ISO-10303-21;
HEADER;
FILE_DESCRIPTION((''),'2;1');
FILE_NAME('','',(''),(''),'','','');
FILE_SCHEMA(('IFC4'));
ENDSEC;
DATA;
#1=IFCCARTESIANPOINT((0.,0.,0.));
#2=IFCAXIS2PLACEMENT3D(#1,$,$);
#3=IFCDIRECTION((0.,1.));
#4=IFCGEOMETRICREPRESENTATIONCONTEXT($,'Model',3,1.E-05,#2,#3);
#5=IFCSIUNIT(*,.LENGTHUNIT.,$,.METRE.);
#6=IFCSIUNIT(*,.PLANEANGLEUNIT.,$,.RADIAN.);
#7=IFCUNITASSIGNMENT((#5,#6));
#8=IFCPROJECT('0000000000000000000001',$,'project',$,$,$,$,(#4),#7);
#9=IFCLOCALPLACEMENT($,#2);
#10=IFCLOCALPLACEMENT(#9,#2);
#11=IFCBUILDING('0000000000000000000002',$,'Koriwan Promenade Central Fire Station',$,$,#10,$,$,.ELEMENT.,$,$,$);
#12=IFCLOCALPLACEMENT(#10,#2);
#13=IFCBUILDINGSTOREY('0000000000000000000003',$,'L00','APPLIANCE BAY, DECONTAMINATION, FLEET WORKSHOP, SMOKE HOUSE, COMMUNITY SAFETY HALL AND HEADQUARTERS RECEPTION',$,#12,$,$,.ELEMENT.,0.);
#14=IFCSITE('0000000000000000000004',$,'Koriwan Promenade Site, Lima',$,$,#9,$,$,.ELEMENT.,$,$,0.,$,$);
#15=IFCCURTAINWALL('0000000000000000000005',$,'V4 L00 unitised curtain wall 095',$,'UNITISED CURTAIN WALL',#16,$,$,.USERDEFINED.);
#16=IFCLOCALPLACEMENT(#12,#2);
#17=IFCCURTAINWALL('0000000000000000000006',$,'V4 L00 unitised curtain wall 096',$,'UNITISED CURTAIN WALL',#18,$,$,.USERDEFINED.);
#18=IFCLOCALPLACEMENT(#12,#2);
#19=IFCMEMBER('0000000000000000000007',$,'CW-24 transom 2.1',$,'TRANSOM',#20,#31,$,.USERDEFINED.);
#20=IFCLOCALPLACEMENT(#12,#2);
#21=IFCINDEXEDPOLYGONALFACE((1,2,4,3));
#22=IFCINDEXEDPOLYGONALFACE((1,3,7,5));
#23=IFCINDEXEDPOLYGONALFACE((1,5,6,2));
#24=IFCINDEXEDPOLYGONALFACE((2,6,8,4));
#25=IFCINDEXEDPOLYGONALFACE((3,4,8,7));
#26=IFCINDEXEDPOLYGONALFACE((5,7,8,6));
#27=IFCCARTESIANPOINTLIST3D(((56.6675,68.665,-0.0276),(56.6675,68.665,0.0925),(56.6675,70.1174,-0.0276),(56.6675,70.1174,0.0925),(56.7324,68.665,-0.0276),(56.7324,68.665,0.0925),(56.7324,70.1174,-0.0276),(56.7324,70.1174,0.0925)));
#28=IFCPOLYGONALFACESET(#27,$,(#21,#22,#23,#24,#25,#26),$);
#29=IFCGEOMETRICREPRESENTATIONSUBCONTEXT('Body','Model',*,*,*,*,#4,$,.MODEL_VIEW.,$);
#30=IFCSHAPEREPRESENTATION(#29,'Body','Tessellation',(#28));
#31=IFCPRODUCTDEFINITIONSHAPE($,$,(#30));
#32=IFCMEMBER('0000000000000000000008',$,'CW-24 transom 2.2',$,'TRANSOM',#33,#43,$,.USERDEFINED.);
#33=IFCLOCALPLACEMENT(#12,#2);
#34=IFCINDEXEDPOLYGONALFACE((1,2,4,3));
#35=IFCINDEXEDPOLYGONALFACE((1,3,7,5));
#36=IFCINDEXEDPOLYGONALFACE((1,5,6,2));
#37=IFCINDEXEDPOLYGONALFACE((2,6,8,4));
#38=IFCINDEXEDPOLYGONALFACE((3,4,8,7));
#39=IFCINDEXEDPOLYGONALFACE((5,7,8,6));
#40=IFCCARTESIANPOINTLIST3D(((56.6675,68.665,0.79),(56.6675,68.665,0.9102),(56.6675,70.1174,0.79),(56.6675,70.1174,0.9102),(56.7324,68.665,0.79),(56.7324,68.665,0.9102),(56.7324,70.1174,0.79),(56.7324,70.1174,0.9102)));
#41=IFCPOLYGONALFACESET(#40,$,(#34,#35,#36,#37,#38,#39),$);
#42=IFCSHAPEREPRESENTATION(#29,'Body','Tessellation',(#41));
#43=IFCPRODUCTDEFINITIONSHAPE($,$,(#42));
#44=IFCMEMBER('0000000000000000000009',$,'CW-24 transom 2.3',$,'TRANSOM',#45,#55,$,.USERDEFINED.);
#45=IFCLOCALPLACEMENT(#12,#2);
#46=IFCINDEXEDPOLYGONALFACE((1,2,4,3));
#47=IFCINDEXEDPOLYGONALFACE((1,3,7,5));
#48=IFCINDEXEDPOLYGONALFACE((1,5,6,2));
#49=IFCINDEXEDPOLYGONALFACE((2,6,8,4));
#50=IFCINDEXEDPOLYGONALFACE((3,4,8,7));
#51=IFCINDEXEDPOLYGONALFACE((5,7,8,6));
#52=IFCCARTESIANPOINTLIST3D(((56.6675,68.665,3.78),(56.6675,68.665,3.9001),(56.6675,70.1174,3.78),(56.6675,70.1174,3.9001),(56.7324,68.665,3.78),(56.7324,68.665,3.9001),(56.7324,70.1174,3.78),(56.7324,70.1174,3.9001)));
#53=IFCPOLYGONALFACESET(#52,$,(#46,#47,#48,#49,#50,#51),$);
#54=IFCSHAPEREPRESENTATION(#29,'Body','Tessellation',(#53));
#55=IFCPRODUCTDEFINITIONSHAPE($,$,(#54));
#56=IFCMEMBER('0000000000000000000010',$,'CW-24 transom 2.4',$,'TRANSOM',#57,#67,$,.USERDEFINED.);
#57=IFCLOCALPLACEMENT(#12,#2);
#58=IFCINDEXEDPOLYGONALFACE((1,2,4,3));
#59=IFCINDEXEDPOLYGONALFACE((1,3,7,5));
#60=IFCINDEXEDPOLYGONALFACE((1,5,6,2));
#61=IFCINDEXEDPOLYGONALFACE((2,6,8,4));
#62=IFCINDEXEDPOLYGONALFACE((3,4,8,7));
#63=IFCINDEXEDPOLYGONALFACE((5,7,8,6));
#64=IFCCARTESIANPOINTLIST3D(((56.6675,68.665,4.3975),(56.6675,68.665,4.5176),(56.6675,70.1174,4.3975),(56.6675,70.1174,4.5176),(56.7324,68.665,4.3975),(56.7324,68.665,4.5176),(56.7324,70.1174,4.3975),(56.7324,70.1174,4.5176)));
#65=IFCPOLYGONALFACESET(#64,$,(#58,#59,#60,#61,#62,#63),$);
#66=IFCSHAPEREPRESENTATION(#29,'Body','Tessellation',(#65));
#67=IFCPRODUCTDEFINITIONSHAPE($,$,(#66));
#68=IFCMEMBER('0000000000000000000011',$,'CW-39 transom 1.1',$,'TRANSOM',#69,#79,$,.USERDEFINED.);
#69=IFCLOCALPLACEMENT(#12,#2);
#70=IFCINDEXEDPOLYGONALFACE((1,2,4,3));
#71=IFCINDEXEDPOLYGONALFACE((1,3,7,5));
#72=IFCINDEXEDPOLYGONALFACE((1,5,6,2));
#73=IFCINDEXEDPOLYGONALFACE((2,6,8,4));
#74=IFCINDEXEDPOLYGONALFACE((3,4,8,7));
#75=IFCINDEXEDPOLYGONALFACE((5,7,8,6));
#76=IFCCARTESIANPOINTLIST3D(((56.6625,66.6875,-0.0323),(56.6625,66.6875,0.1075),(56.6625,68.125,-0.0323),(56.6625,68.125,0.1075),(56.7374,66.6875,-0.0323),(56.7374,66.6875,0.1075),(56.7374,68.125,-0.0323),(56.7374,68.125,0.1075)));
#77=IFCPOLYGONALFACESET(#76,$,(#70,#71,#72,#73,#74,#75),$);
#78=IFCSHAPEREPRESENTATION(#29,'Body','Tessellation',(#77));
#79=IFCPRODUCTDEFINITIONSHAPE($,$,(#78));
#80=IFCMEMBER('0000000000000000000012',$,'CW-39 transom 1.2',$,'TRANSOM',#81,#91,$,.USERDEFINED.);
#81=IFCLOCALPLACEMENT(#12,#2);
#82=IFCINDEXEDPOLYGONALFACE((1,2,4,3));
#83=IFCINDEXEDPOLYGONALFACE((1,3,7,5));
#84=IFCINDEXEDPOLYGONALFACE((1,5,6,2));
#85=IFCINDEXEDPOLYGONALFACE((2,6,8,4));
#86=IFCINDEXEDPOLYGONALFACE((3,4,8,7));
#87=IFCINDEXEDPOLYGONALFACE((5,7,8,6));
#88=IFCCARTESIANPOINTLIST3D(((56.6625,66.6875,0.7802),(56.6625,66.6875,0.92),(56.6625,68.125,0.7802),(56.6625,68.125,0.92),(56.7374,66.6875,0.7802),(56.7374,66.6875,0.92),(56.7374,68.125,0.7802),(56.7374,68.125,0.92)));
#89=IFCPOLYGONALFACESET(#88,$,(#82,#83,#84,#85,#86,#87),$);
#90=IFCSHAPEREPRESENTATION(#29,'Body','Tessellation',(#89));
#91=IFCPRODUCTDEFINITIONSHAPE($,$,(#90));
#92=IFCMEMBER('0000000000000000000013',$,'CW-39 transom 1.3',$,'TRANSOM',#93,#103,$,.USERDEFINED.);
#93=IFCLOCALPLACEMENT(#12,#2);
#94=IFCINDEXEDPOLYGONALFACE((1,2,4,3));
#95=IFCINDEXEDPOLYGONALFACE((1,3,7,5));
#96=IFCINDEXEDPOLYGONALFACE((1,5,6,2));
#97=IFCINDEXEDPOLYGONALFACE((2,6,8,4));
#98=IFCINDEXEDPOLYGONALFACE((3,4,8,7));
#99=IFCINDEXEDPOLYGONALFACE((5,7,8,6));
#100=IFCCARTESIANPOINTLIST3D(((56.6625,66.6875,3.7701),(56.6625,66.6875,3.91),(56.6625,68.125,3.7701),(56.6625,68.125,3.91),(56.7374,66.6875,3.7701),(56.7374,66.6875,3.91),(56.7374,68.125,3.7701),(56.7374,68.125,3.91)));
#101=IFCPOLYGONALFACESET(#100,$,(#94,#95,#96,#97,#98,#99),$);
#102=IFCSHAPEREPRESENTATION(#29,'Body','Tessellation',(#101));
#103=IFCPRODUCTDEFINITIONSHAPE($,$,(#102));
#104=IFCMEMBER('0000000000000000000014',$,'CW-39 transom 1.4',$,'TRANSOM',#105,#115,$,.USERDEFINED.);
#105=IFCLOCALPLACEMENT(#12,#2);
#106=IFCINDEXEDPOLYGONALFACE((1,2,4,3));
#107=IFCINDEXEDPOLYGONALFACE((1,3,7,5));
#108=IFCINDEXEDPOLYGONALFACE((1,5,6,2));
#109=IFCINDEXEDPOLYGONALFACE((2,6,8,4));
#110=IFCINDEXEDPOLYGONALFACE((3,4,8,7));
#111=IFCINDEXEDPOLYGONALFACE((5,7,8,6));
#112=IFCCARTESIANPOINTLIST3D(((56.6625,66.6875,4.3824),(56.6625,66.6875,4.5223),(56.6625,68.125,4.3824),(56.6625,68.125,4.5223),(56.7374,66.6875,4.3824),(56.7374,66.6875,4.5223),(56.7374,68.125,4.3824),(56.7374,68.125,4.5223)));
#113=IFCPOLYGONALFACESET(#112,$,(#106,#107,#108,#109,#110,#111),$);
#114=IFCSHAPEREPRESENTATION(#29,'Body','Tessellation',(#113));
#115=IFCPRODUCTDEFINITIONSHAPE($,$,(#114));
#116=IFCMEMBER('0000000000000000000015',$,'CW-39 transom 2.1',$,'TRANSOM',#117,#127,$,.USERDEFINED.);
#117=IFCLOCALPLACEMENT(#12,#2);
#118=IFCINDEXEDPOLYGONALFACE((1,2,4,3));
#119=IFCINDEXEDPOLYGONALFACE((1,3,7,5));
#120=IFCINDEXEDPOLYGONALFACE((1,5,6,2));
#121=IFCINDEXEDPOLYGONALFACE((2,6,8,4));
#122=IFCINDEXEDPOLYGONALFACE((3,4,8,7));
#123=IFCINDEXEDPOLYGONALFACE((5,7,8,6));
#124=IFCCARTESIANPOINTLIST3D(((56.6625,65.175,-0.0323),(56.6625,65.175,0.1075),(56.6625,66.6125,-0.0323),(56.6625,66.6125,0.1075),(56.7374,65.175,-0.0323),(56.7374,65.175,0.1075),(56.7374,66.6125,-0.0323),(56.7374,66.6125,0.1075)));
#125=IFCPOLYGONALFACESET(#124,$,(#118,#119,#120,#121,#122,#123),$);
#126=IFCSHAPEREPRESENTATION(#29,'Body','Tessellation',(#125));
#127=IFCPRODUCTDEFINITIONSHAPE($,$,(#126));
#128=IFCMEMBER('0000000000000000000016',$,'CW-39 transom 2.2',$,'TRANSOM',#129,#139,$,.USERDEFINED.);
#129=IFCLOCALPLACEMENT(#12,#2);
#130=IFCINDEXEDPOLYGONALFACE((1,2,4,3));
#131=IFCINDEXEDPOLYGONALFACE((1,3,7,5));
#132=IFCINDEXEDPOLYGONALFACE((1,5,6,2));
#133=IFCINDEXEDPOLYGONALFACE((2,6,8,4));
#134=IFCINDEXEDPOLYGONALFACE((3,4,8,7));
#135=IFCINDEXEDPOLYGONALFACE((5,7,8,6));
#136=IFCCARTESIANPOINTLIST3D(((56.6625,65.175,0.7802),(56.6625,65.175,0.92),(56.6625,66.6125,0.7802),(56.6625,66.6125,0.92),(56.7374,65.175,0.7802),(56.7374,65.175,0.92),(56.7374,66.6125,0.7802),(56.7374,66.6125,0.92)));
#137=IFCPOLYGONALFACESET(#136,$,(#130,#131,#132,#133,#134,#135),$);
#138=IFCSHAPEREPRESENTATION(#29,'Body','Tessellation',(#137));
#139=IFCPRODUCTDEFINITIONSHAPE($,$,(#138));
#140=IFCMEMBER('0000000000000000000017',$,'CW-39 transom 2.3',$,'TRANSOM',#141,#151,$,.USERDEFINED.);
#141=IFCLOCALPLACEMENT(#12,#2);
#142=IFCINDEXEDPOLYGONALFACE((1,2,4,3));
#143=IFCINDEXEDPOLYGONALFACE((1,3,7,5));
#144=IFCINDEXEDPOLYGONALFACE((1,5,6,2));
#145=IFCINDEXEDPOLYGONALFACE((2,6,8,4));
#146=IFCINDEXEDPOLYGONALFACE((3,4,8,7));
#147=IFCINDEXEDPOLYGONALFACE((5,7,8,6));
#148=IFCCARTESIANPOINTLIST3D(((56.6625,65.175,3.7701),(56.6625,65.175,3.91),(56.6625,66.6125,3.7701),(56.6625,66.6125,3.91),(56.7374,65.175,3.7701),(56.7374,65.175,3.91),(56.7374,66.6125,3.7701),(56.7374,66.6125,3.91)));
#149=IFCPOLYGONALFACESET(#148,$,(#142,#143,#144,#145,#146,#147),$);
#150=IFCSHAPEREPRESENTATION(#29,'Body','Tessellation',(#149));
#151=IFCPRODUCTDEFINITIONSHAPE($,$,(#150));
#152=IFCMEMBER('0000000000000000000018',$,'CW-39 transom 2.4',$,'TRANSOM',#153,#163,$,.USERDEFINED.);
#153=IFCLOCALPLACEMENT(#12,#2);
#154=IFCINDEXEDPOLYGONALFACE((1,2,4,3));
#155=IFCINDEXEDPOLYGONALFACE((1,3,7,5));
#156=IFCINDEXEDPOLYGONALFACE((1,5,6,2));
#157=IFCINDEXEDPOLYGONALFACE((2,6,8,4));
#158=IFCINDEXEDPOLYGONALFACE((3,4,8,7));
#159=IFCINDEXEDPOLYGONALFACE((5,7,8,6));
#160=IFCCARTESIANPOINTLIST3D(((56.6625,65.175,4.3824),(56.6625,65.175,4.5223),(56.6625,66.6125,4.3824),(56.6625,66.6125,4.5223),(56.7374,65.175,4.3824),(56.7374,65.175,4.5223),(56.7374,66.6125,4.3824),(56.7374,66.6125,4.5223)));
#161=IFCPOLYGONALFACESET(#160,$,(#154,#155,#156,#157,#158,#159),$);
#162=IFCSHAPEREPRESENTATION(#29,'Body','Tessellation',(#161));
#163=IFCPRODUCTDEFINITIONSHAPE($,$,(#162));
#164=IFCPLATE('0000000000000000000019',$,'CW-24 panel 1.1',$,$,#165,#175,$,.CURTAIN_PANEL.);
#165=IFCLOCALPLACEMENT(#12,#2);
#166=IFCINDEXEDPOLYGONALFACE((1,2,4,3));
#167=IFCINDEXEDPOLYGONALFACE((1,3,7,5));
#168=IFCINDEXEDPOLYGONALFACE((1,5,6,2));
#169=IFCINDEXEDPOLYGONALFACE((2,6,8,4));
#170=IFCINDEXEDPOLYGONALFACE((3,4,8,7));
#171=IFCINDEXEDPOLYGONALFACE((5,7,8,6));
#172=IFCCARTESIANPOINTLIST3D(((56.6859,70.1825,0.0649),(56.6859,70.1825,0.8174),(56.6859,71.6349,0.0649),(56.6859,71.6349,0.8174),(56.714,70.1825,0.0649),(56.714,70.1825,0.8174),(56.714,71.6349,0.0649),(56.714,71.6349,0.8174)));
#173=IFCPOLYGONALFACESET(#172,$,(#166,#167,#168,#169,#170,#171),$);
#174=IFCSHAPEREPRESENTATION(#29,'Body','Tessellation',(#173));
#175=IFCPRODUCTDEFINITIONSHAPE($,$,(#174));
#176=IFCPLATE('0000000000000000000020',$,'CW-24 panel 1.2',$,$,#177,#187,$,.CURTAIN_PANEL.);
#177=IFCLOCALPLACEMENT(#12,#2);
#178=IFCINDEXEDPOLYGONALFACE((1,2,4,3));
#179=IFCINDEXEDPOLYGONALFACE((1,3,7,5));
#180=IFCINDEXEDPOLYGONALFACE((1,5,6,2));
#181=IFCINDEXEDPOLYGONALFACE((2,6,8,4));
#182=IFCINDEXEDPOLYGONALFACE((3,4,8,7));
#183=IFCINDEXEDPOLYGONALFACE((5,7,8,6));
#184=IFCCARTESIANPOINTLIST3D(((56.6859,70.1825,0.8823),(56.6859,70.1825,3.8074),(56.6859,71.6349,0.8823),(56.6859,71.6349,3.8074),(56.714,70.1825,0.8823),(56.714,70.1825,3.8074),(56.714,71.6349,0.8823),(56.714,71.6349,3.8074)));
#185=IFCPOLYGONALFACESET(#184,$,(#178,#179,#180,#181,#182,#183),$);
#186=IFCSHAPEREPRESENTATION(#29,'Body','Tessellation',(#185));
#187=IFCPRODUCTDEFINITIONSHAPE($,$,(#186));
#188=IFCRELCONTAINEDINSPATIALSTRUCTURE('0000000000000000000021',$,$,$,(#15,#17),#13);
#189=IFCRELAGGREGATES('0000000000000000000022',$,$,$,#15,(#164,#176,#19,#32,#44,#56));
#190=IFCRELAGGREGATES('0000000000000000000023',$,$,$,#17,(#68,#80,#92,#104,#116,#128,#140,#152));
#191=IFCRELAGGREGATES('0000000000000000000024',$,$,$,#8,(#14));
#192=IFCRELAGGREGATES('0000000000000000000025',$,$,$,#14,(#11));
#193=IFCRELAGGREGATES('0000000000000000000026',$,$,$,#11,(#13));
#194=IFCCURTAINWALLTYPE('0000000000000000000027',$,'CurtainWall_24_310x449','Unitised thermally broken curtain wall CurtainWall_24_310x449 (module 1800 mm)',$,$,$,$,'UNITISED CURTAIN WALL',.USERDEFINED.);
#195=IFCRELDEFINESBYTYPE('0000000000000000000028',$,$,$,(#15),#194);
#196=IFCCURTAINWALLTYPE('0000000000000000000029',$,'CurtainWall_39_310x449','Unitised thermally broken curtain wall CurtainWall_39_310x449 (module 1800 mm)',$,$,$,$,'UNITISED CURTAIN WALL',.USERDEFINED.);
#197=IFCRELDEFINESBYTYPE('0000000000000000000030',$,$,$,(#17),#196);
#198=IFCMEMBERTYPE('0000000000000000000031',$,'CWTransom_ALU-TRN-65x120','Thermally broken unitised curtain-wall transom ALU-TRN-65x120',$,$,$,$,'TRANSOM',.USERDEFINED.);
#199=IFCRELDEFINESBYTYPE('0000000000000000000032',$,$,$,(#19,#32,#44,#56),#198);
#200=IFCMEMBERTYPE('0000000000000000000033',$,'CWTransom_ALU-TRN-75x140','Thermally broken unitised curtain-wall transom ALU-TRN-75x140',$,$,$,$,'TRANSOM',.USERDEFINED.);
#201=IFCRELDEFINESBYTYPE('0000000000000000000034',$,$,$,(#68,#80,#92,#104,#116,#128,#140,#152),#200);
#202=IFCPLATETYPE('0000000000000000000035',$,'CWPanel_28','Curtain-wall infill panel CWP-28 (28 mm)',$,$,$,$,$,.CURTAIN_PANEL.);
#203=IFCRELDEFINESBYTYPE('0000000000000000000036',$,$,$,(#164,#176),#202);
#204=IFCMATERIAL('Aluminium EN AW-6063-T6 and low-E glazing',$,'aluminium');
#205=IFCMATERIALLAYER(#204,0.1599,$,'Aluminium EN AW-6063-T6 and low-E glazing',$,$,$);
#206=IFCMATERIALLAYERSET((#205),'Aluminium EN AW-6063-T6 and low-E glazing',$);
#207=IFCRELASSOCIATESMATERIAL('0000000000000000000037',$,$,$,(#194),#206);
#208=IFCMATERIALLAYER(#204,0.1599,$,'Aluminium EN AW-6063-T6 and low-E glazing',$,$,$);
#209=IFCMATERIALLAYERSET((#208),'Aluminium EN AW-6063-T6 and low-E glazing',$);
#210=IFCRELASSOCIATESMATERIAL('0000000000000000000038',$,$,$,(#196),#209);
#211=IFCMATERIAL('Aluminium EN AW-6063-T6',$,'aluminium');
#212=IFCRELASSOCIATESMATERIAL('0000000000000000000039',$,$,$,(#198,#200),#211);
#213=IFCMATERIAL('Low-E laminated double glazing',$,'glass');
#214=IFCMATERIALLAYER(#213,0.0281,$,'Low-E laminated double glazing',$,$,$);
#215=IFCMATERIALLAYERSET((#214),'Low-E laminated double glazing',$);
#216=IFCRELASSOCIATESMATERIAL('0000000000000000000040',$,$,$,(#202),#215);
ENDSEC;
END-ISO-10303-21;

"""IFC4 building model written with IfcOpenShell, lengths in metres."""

from ifc_helpers import new_model, si_unit, direction, frame, origin, origin_2d, place, context, subcontext, project, spatial, rectangle, extrude, material, layer, layer_set, material_profile, profile_set, type_object, element, aggregate, save


model = new_model("IFC4")

# Units and contexts
model_context = context("Model", 3, precision=1e-05, world=origin(), true_north=direction((0.0, 1.0)))
body_context = subcontext(model_context, "Body", "Model", "MODEL_VIEW")
ifc_project = project(units=[si_unit("LENGTHUNIT", "METRE"), si_unit("PLANEANGLEUNIT", "RADIAN")], contexts=[model_context])

# Site, building, storey
site_placement = place(None, origin())
site = spatial("IfcSite", under=ifc_project, at=site_placement, Name="Koriwan Promenade Site, Lima", CompositionType="ELEMENT", RefElevation=0.0)
building_placement = place(site_placement, origin())
building = spatial("IfcBuilding", under=site, at=building_placement, Name="Koriwan Promenade Central Fire Station", CompositionType="ELEMENT")
storey_placement = place(building_placement, origin())
storey = spatial("IfcBuildingStorey", under=building, at=storey_placement, Name="L00", Description="APPLIANCE BAY, DECONTAMINATION, FLEET WORKSHOP, SMOKE HOUSE, COMMUNITY SAFETY HALL AND HEADQUARTERS RECEPTION", CompositionType="ELEMENT", Elevation=0.0)

# Curtain walls
ifc_material_1 = material(Name="Aluminium EN AW-6063-T6 and low-E glazing", Category="aluminium")
ifc_layer_1 = layer(ifc_material_1, 0.1599, Name="Aluminium EN AW-6063-T6 and low-E glazing")
ifc_layer_set_1 = layer_set([ifc_layer_1], Name="Aluminium EN AW-6063-T6 and low-E glazing")
curtain_wall_type_1 = type_object("IfcCurtainWallType", Name="CurtainWall_24_310x449", Description="Unitised thermally broken curtain wall CurtainWall_24_310x449 (module 1800 mm)", ElementType="UNITISED CURTAIN WALL", PredefinedType="USERDEFINED", material=ifc_layer_set_1)
curtain_wall_1_placement = place(storey_placement, origin())
curtain_wall_1 = element("IfcCurtainWall", 1, at=curtain_wall_1_placement, inside=storey, type_object=curtain_wall_type_1, Name="V4 L00 unitised curtain wall 095", ObjectType="UNITISED CURTAIN WALL", PredefinedType="USERDEFINED")
ifc_material_2 = material(Name="Aluminium EN AW-6063-T6", Category="aluminium")
ifc_layer_2 = layer(ifc_material_1, 0.1599, Name="Aluminium EN AW-6063-T6 and low-E glazing")
ifc_layer_set_2 = layer_set([ifc_layer_2], Name="Aluminium EN AW-6063-T6 and low-E glazing")
curtain_wall_type_2 = type_object("IfcCurtainWallType", Name="CurtainWall_39_310x449", Description="Unitised thermally broken curtain wall CurtainWall_39_310x449 (module 1800 mm)", ElementType="UNITISED CURTAIN WALL", PredefinedType="USERDEFINED", material=ifc_layer_set_2)
curtain_wall_2_placement = place(storey_placement, origin())
curtain_wall_2 = element("IfcCurtainWall", 2, at=curtain_wall_2_placement, inside=storey, type_object=curtain_wall_type_2, Name="V4 L00 unitised curtain wall 096", ObjectType="UNITISED CURTAIN WALL", PredefinedType="USERDEFINED")

# Members
ifc_material_profile_1 = material_profile(ifc_material_2, rectangle(XDim=0.0649, YDim=0.1201, at=origin_2d()), Name="ALU-TRN-65x120")
ifc_profile_set_1 = profile_set([ifc_material_profile_1], Name="Aluminium EN AW-6063-T6")
member_type_1 = type_object("IfcMemberType", Name="CWTransom_ALU-TRN-65x120", Description="Thermally broken unitised curtain-wall transom ALU-TRN-65x120", ElementType="TRANSOM", PredefinedType="USERDEFINED", material=ifc_profile_set_1)
member_1_placement = place(storey_placement, frame((56.7, 70.1174, 0.0325), z_axis=(0.0, -1.0, 0.0), x_axis=(1.0, 0.0, 0.0)))
member_1 = element("IfcMember", 3, at=member_1_placement, type_object=member_type_1, Name="CW-24 transom 2.1", ObjectType="TRANSOM", PredefinedType="USERDEFINED", context=body_context, shape_type="SweptSolid", body=[
    extrude(rectangle(XDim=0.0649, YDim=0.1201, at=origin_2d()), origin(), (0.0, 0.0, 1.0), 1.4524),
])
member_2_placement = place(storey_placement, frame((56.7, 70.1174, 0.8501), z_axis=(0.0, -1.0, 0.0), x_axis=(1.0, 0.0, 0.0)))
member_2 = element("IfcMember", 4, at=member_2_placement, type_object=member_type_1, Name="CW-24 transom 2.2", ObjectType="TRANSOM", PredefinedType="USERDEFINED", context=body_context, shape_type="SweptSolid", body=[
    extrude(rectangle(XDim=0.0649, YDim=0.1201, at=origin_2d()), origin(), (0.0, 0.0, 1.0), 1.4524),
])
member_3_placement = place(storey_placement, frame((56.7, 70.1174, 3.8401), z_axis=(0.0, -1.0, 0.0), x_axis=(1.0, 0.0, 0.0)))
member_3 = element("IfcMember", 5, at=member_3_placement, type_object=member_type_1, Name="CW-24 transom 2.3", ObjectType="TRANSOM", PredefinedType="USERDEFINED", context=body_context, shape_type="SweptSolid", body=[
    extrude(rectangle(XDim=0.0649, YDim=0.1201, at=origin_2d()), origin(), (0.0, 0.0, 1.0), 1.4524),
])
member_4_placement = place(storey_placement, frame((56.7, 70.1174, 4.4575), z_axis=(0.0, -1.0, 0.0), x_axis=(1.0, 0.0, 0.0)))
member_4 = element("IfcMember", 6, at=member_4_placement, type_object=member_type_1, Name="CW-24 transom 2.4", ObjectType="TRANSOM", PredefinedType="USERDEFINED", context=body_context, shape_type="SweptSolid", body=[
    extrude(rectangle(XDim=0.0649, YDim=0.1201, at=origin_2d()), origin(), (0.0, 0.0, 1.0), 1.4524),
])
ifc_material_profile_2 = material_profile(ifc_material_2, rectangle(XDim=0.075, YDim=0.1399, at=origin_2d()), Name="ALU-TRN-75x140")
ifc_profile_set_2 = profile_set([ifc_material_profile_2], Name="Aluminium EN AW-6063-T6")
member_type_2 = type_object("IfcMemberType", Name="CWTransom_ALU-TRN-75x140", Description="Thermally broken unitised curtain-wall transom ALU-TRN-75x140", ElementType="TRANSOM", PredefinedType="USERDEFINED", material=ifc_profile_set_2)
member_5_placement = place(storey_placement, frame((56.7, 68.125, 0.0376), z_axis=(0.0, -1.0, 0.0), x_axis=(1.0, 0.0, 0.0)))
member_5 = element("IfcMember", 7, at=member_5_placement, type_object=member_type_2, Name="CW-39 transom 1.1", ObjectType="TRANSOM", PredefinedType="USERDEFINED", context=body_context, shape_type="SweptSolid", body=[
    extrude(rectangle(XDim=0.075, YDim=0.1399, at=origin_2d()), origin(), (0.0, 0.0, 1.0), 1.4375),
])
member_6_placement = place(storey_placement, frame((56.7, 68.125, 0.8501), z_axis=(0.0, -1.0, 0.0), x_axis=(1.0, 0.0, 0.0)))
member_6 = element("IfcMember", 8, at=member_6_placement, type_object=member_type_2, Name="CW-39 transom 1.2", ObjectType="TRANSOM", PredefinedType="USERDEFINED", context=body_context, shape_type="SweptSolid", body=[
    extrude(rectangle(XDim=0.075, YDim=0.1399, at=origin_2d()), origin(), (0.0, 0.0, 1.0), 1.4375),
])
member_7_placement = place(storey_placement, frame((56.7, 68.125, 3.8401), z_axis=(0.0, -1.0, 0.0), x_axis=(1.0, 0.0, 0.0)))
member_7 = element("IfcMember", 9, at=member_7_placement, type_object=member_type_2, Name="CW-39 transom 1.3", ObjectType="TRANSOM", PredefinedType="USERDEFINED", context=body_context, shape_type="SweptSolid", body=[
    extrude(rectangle(XDim=0.075, YDim=0.1399, at=origin_2d()), origin(), (0.0, 0.0, 1.0), 1.4375),
])
member_8_placement = place(storey_placement, frame((56.7, 68.125, 4.4524), z_axis=(0.0, -1.0, 0.0), x_axis=(1.0, 0.0, 0.0)))
member_8 = element("IfcMember", 10, at=member_8_placement, type_object=member_type_2, Name="CW-39 transom 1.4", ObjectType="TRANSOM", PredefinedType="USERDEFINED", context=body_context, shape_type="SweptSolid", body=[
    extrude(rectangle(XDim=0.075, YDim=0.1399, at=origin_2d()), origin(), (0.0, 0.0, 1.0), 1.4375),
])
member_9_placement = place(storey_placement, frame((56.7, 66.6125, 0.0376), z_axis=(0.0, -1.0, 0.0), x_axis=(1.0, 0.0, 0.0)))
member_9 = element("IfcMember", 11, at=member_9_placement, type_object=member_type_2, Name="CW-39 transom 2.1", ObjectType="TRANSOM", PredefinedType="USERDEFINED", context=body_context, shape_type="SweptSolid", body=[
    extrude(rectangle(XDim=0.075, YDim=0.1399, at=origin_2d()), origin(), (0.0, 0.0, 1.0), 1.4375),
])
member_10_placement = place(storey_placement, frame((56.7, 66.6125, 0.8501), z_axis=(0.0, -1.0, 0.0), x_axis=(1.0, 0.0, 0.0)))
member_10 = element("IfcMember", 12, at=member_10_placement, type_object=member_type_2, Name="CW-39 transom 2.2", ObjectType="TRANSOM", PredefinedType="USERDEFINED", context=body_context, shape_type="SweptSolid", body=[
    extrude(rectangle(XDim=0.075, YDim=0.1399, at=origin_2d()), origin(), (0.0, 0.0, 1.0), 1.4375),
])
member_11_placement = place(storey_placement, frame((56.7, 66.6125, 3.8401), z_axis=(0.0, -1.0, 0.0), x_axis=(1.0, 0.0, 0.0)))
member_11 = element("IfcMember", 13, at=member_11_placement, type_object=member_type_2, Name="CW-39 transom 2.3", ObjectType="TRANSOM", PredefinedType="USERDEFINED", context=body_context, shape_type="SweptSolid", body=[
    extrude(rectangle(XDim=0.075, YDim=0.1399, at=origin_2d()), origin(), (0.0, 0.0, 1.0), 1.4375),
])
member_12_placement = place(storey_placement, frame((56.7, 66.6125, 4.4524), z_axis=(0.0, -1.0, 0.0), x_axis=(1.0, 0.0, 0.0)))
member_12 = element("IfcMember", 14, at=member_12_placement, type_object=member_type_2, Name="CW-39 transom 2.4", ObjectType="TRANSOM", PredefinedType="USERDEFINED", context=body_context, shape_type="SweptSolid", body=[
    extrude(rectangle(XDim=0.075, YDim=0.1399, at=origin_2d()), origin(), (0.0, 0.0, 1.0), 1.4375),
])

# Plates
ifc_material_3 = material(Name="Low-E laminated double glazing", Category="glass")
ifc_layer_3 = layer(ifc_material_3, 0.0281, Name="Low-E laminated double glazing")
ifc_layer_set_3 = layer_set([ifc_layer_3], Name="Low-E laminated double glazing")
plate_type_1 = type_object("IfcPlateType", Name="CWPanel_28", Description="Curtain-wall infill panel CWP-28 (28 mm)", PredefinedType="CURTAIN_PANEL", material=ifc_layer_set_3)
plate_1_placement = place(storey_placement, frame((56.7, 70.9087, 0.0649), z_axis=(0.0, 0.0, 1.0), x_axis=(0.0, -1.0, 0.0)))
plate_1 = element("IfcPlate", 15, at=plate_1_placement, type_object=plate_type_1, Name="CW-24 panel 1.1", PredefinedType="CURTAIN_PANEL", context=body_context, shape_type="SweptSolid", body=[
    extrude(rectangle(XDim=1.4524, YDim=0.0281, at=origin_2d()), origin(), (0.0, 0.0, 1.0), 0.7524),
])
plate_2_placement = place(storey_placement, frame((56.7, 70.9087, 0.8823), z_axis=(0.0, 0.0, 1.0), x_axis=(0.0, -1.0, 0.0)))
plate_2 = element("IfcPlate", 16, at=plate_2_placement, type_object=plate_type_1, Name="CW-24 panel 1.2", PredefinedType="CURTAIN_PANEL", context=body_context, shape_type="SweptSolid", body=[
    extrude(rectangle(XDim=1.4524, YDim=0.0281, at=origin_2d()), origin(), (0.0, 0.0, 1.0), 2.925),
])
aggregate(curtain_wall_1, [plate_1, plate_2, member_1, member_2, member_3, member_4])
aggregate(curtain_wall_2, [member_5, member_6, member_7, member_8, member_9, member_10, member_11, member_12])

save(model, "model.ifc")
